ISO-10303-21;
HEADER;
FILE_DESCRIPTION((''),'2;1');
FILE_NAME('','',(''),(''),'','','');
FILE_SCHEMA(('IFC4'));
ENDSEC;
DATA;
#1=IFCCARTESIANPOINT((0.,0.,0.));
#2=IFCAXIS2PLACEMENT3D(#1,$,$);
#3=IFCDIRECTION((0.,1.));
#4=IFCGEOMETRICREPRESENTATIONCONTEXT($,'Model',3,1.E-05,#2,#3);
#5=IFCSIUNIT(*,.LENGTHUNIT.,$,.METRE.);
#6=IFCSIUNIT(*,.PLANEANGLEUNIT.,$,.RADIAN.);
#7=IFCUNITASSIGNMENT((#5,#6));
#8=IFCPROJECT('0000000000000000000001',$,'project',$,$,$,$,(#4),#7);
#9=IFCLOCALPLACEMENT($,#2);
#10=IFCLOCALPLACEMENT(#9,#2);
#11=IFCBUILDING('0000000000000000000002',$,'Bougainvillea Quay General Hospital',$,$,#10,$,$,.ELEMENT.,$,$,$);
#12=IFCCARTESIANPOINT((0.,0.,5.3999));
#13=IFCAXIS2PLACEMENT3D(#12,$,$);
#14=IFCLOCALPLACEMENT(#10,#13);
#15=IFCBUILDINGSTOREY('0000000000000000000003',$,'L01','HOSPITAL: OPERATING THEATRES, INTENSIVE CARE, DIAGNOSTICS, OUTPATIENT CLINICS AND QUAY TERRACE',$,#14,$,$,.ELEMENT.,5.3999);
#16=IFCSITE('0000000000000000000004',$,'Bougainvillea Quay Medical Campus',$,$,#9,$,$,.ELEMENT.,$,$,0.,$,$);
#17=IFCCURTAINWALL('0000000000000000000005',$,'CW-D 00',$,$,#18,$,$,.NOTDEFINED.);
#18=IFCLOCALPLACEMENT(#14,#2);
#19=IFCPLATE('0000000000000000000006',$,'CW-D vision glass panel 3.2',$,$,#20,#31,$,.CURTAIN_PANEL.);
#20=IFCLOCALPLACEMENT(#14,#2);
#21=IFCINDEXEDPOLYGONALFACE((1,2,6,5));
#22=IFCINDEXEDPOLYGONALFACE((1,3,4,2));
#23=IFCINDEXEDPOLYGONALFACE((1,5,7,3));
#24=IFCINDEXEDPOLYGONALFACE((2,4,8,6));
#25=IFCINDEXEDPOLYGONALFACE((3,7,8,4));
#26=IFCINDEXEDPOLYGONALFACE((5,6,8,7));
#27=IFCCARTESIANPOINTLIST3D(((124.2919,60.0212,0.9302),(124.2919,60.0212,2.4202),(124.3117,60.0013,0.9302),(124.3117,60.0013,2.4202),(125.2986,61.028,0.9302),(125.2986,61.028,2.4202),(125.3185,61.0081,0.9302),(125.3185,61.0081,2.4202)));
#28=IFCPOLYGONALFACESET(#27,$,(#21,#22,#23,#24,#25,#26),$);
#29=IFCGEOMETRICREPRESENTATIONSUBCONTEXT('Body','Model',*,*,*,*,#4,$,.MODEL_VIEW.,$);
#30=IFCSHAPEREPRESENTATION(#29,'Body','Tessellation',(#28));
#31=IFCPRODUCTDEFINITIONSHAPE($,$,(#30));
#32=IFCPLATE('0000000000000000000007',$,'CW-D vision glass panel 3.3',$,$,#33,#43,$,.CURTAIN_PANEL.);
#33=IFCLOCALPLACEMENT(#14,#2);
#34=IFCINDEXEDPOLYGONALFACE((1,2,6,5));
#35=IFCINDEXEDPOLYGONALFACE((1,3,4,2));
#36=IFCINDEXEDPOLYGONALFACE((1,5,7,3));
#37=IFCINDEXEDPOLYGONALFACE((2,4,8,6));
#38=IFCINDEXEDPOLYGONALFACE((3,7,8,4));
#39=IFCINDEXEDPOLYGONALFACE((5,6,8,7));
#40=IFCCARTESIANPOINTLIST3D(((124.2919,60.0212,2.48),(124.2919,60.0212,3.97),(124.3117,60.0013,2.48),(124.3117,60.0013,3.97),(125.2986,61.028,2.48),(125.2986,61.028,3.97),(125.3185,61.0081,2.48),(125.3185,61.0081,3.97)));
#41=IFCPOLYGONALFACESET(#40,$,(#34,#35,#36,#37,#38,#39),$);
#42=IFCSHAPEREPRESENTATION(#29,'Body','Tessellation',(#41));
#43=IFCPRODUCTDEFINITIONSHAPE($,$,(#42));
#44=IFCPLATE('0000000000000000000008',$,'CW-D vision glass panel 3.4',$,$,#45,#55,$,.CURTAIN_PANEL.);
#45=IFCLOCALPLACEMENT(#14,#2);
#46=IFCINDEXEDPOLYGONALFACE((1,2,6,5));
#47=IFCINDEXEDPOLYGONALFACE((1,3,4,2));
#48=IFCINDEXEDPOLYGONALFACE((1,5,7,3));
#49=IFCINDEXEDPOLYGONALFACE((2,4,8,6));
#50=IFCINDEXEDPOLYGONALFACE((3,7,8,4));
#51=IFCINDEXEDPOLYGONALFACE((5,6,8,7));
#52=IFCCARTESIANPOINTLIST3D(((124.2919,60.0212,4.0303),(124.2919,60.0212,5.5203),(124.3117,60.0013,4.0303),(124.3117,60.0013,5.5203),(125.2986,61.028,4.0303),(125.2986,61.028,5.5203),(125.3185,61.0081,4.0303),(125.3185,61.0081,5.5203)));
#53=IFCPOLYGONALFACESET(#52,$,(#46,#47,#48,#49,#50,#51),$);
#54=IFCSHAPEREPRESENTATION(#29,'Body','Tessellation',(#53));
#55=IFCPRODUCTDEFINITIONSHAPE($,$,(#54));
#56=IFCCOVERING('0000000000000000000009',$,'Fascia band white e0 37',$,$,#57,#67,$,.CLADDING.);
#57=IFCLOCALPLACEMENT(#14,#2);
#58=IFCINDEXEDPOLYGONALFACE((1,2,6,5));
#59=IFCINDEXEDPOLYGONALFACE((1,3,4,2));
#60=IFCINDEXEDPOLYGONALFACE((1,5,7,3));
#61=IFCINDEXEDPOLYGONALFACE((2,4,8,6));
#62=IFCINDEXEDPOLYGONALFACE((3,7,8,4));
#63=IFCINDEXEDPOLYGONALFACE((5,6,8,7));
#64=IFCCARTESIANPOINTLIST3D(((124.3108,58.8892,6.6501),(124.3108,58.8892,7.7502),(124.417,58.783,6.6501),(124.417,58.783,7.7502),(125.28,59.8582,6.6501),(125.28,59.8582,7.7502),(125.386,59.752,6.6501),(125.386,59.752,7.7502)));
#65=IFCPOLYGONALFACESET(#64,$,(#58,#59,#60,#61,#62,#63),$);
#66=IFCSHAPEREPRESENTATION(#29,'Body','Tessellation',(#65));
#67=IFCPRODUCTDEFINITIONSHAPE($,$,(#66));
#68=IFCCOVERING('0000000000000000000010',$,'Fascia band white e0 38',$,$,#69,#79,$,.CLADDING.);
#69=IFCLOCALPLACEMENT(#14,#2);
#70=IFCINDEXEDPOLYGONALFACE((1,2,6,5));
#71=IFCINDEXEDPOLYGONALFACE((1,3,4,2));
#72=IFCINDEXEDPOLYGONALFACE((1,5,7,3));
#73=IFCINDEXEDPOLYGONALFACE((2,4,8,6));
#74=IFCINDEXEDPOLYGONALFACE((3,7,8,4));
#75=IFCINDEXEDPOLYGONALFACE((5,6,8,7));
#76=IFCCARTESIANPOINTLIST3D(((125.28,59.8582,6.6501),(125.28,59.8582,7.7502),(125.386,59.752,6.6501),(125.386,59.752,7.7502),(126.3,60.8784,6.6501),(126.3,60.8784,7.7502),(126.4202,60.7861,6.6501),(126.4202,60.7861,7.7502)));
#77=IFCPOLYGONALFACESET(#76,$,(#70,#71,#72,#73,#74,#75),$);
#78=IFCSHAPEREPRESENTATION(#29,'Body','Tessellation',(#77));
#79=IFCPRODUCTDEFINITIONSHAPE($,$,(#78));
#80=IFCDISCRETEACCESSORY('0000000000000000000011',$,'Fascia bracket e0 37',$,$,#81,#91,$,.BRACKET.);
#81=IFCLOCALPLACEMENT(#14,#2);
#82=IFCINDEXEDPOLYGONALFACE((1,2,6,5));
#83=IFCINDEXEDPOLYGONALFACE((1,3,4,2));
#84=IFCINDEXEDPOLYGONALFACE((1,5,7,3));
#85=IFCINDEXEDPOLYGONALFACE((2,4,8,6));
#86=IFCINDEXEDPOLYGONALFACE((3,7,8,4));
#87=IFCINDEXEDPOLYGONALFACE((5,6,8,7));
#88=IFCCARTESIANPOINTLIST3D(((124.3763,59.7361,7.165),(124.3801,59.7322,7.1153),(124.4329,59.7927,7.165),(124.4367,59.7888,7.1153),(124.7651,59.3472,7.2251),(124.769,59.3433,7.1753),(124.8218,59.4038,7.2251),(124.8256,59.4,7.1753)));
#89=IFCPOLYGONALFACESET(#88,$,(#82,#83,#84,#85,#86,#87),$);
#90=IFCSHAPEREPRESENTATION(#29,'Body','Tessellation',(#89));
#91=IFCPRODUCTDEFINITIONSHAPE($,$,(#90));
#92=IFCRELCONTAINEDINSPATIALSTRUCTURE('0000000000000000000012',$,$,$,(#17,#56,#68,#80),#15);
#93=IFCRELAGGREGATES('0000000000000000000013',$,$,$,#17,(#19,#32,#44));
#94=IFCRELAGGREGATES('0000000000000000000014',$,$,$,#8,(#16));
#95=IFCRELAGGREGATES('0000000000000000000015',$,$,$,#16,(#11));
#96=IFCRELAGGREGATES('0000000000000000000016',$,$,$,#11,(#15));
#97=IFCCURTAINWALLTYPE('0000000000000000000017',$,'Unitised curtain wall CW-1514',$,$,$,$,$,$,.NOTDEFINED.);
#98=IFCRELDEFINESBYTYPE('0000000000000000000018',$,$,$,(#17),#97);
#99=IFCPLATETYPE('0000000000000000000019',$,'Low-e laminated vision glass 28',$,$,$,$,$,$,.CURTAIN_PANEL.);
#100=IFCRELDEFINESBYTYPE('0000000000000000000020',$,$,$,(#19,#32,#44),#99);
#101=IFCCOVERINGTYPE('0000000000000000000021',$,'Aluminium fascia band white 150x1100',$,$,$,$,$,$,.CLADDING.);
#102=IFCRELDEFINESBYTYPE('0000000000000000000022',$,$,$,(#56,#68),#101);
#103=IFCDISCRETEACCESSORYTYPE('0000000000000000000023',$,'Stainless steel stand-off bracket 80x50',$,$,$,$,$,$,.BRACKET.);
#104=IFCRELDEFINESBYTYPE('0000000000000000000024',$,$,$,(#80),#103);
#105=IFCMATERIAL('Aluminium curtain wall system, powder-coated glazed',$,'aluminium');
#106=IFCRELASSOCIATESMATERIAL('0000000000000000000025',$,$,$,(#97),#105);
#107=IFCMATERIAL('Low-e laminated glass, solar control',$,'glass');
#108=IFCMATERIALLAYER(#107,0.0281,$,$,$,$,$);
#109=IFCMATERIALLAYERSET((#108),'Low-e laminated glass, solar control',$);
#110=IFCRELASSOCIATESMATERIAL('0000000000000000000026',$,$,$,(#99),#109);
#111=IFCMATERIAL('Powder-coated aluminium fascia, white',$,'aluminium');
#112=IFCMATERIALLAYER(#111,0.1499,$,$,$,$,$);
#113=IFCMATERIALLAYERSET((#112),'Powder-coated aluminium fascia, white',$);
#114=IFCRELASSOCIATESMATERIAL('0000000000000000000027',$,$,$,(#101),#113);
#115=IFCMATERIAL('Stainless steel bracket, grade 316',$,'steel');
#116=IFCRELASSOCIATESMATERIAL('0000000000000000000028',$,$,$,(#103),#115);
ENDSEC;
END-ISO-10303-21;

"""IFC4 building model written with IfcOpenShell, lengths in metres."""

from ifc_helpers import new_model, si_unit, direction, frame, origin, origin_2d, place, context, subcontext, project, spatial, polyline, rectangle, outline, extrude, material, layer, layer_set, material_profile, profile_set, type_object, element, aggregate, save


model = new_model("IFC4")

# Units and contexts
model_context = context("Model", 3, precision=1e-05, world=origin(), true_north=direction((0.0, 1.0)))
body_context = subcontext(model_context, "Body", "Model", "MODEL_VIEW")
ifc_project = project(units=[si_unit("LENGTHUNIT", "METRE"), si_unit("PLANEANGLEUNIT", "RADIAN")], contexts=[model_context])

# Site, building, storey
site_placement = place(None, origin())
site = spatial("IfcSite", under=ifc_project, at=site_placement, Name="Bougainvillea Quay Medical Campus", CompositionType="ELEMENT", RefElevation=0.0)
building_placement = place(site_placement, origin())
building = spatial("IfcBuilding", under=site, at=building_placement, Name="Bougainvillea Quay General Hospital", CompositionType="ELEMENT")
storey_placement = place(building_placement, frame((0.0, 0.0, 5.3999)))
storey = spatial("IfcBuildingStorey", under=building, at=storey_placement, Name="L01", Description="HOSPITAL: OPERATING THEATRES, INTENSIVE CARE, DIAGNOSTICS, OUTPATIENT CLINICS AND QUAY TERRACE", CompositionType="ELEMENT", Elevation=5.3999)

# Curtain wall, plates
ifc_material_1 = material(Name="Aluminium curtain wall system, powder-coated glazed", Category="aluminium")
curtain_wall_type = type_object("IfcCurtainWallType", Name="Unitised curtain wall CW-1514", PredefinedType="NOTDEFINED", material=ifc_material_1)
curtain_wall_placement = place(storey_placement, origin())
curtain_wall = element("IfcCurtainWall", 1, at=curtain_wall_placement, inside=storey, type_object=curtain_wall_type, Name="CW-D 00", PredefinedType="NOTDEFINED")
ifc_material_2 = material(Name="Low-e laminated glass, solar control", Category="glass")
ifc_layer_1 = layer(ifc_material_2, 0.0281)
ifc_layer_set_1 = layer_set([ifc_layer_1], Name="Low-e laminated glass, solar control")
plate_type_1 = type_object("IfcPlateType", Name="Low-e laminated vision glass 28", PredefinedType="CURTAIN_PANEL", material=ifc_layer_set_1)
plate_1_placement = place(storey_placement, frame((124.8052, 60.5146, 0.9302), z_axis=(0.0, 0.0, 1.0), x_axis=(0.707107, 0.707107, 0.0)))
plate_1 = element("IfcPlate", 2, at=plate_1_placement, type_object=plate_type_1, Name="CW-D vision glass panel 3.2", PredefinedType="CURTAIN_PANEL", context=body_context, shape_type="SweptSolid", body=[
    extrude(rectangle(XDim=1.4238, YDim=0.0281, at=origin_2d()), origin(), (0.0, 0.0, 1.0), 1.49),
])
plate_2_placement = place(storey_placement, frame((124.8052, 60.5146, 2.48), z_axis=(0.0, 0.0, 1.0), x_axis=(0.707107, 0.707107, 0.0)))
plate_2 = element("IfcPlate", 3, at=plate_2_placement, type_object=plate_type_1, Name="CW-D vision glass panel 3.3", PredefinedType="CURTAIN_PANEL", context=body_context, shape_type="SweptSolid", body=[
    extrude(rectangle(XDim=1.4238, YDim=0.0281, at=origin_2d()), origin(), (0.0, 0.0, 1.0), 1.49),
])
plate_3_placement = place(storey_placement, frame((124.8052, 60.5146, 4.0303), z_axis=(0.0, 0.0, 1.0), x_axis=(0.707107, 0.707107, 0.0)))
plate_3 = element("IfcPlate", 4, at=plate_3_placement, type_object=plate_type_1, Name="CW-D vision glass panel 3.4", PredefinedType="CURTAIN_PANEL", context=body_context, shape_type="SweptSolid", body=[
    extrude(rectangle(XDim=1.4238, YDim=0.0281, at=origin_2d()), origin(), (0.0, 0.0, 1.0), 1.49),
])
aggregate(curtain_wall, [plate_1, plate_2, plate_3])

# Coverings
ifc_material_3 = material(Name="Powder-coated aluminium fascia, white", Category="aluminium")
ifc_layer_2 = layer(ifc_material_3, 0.1499)
ifc_layer_set_2 = layer_set([ifc_layer_2], Name="Powder-coated aluminium fascia, white")
covering_type = type_object("IfcCoveringType", Name="Aluminium fascia band white 150x1100", PredefinedType="CLADDING", material=ifc_layer_set_2)
covering_1_placement = place(storey_placement, frame((124.3108, 58.8892, 6.6501), z_axis=(0.0, 0.0, 1.0), x_axis=(0.707196, 0.707018, 0.0)))
element("IfcCovering", 5, at=covering_1_placement, inside=storey, type_object=covering_type, Name="Fascia band white e0 37", PredefinedType="CLADDING", context=body_context, shape_type="SweptSolid", body=[
    extrude(outline(polyline([(0.0, 0.0), (1.3705, 0.0), (1.3704, -0.15), (0.0, -0.1502), (0.0, 0.0)])), origin(), (0.0, 0.0, 1.0), 1.1001),
])
covering_2_placement = place(storey_placement, frame((125.28, 59.8582, 6.6501), z_axis=(0.0, 0.0, 1.0), x_axis=(0.707022, 0.707191, 0.0)))
element("IfcCovering", 6, at=covering_2_placement, inside=storey, type_object=covering_type, Name="Fascia band white e0 38", PredefinedType="CLADDING", context=body_context, shape_type="SweptSolid", body=[
    extrude(outline(polyline([(0.0, 0.0), (1.4427, 0.0), (1.4624, -0.1502), (-0.0002, -0.15), (0.0, 0.0)])), origin(), (0.0, 0.0, 1.0), 1.1001),
])

# Discrete accessory
ifc_material_4 = material(Name="Stainless steel bracket, grade 316", Category="steel")
ifc_material_profile_1 = material_profile(ifc_material_4, rectangle(XDim=0.0801, YDim=0.05, at=origin_2d()))
ifc_profile_set_1 = profile_set([ifc_material_profile_1], Name="Stainless steel bracket, grade 316")
discrete_accessory_type = type_object("IfcDiscreteAccessoryType", Name="Stainless steel stand-off bracket 80x50", PredefinedType="BRACKET", material=ifc_profile_set_1)
discrete_accessory_placement = place(storey_placement, frame((124.4065, 59.7625, 7.1401), z_axis=(0.702928, -0.702928, 0.10855), x_axis=(0.707107, 0.707107, 0.0)))
element("IfcDiscreteAccessory", 7, at=discrete_accessory_placement, inside=storey, type_object=discrete_accessory_type, Name="Fascia bracket e0 37", PredefinedType="BRACKET", context=body_context, shape_type="SweptSolid", body=[
    extrude(rectangle(XDim=0.0801, YDim=0.05, at=origin_2d()), origin(), (0.0, 0.0, 1.0), 0.5532),
])

save(model, "model.ifc")
